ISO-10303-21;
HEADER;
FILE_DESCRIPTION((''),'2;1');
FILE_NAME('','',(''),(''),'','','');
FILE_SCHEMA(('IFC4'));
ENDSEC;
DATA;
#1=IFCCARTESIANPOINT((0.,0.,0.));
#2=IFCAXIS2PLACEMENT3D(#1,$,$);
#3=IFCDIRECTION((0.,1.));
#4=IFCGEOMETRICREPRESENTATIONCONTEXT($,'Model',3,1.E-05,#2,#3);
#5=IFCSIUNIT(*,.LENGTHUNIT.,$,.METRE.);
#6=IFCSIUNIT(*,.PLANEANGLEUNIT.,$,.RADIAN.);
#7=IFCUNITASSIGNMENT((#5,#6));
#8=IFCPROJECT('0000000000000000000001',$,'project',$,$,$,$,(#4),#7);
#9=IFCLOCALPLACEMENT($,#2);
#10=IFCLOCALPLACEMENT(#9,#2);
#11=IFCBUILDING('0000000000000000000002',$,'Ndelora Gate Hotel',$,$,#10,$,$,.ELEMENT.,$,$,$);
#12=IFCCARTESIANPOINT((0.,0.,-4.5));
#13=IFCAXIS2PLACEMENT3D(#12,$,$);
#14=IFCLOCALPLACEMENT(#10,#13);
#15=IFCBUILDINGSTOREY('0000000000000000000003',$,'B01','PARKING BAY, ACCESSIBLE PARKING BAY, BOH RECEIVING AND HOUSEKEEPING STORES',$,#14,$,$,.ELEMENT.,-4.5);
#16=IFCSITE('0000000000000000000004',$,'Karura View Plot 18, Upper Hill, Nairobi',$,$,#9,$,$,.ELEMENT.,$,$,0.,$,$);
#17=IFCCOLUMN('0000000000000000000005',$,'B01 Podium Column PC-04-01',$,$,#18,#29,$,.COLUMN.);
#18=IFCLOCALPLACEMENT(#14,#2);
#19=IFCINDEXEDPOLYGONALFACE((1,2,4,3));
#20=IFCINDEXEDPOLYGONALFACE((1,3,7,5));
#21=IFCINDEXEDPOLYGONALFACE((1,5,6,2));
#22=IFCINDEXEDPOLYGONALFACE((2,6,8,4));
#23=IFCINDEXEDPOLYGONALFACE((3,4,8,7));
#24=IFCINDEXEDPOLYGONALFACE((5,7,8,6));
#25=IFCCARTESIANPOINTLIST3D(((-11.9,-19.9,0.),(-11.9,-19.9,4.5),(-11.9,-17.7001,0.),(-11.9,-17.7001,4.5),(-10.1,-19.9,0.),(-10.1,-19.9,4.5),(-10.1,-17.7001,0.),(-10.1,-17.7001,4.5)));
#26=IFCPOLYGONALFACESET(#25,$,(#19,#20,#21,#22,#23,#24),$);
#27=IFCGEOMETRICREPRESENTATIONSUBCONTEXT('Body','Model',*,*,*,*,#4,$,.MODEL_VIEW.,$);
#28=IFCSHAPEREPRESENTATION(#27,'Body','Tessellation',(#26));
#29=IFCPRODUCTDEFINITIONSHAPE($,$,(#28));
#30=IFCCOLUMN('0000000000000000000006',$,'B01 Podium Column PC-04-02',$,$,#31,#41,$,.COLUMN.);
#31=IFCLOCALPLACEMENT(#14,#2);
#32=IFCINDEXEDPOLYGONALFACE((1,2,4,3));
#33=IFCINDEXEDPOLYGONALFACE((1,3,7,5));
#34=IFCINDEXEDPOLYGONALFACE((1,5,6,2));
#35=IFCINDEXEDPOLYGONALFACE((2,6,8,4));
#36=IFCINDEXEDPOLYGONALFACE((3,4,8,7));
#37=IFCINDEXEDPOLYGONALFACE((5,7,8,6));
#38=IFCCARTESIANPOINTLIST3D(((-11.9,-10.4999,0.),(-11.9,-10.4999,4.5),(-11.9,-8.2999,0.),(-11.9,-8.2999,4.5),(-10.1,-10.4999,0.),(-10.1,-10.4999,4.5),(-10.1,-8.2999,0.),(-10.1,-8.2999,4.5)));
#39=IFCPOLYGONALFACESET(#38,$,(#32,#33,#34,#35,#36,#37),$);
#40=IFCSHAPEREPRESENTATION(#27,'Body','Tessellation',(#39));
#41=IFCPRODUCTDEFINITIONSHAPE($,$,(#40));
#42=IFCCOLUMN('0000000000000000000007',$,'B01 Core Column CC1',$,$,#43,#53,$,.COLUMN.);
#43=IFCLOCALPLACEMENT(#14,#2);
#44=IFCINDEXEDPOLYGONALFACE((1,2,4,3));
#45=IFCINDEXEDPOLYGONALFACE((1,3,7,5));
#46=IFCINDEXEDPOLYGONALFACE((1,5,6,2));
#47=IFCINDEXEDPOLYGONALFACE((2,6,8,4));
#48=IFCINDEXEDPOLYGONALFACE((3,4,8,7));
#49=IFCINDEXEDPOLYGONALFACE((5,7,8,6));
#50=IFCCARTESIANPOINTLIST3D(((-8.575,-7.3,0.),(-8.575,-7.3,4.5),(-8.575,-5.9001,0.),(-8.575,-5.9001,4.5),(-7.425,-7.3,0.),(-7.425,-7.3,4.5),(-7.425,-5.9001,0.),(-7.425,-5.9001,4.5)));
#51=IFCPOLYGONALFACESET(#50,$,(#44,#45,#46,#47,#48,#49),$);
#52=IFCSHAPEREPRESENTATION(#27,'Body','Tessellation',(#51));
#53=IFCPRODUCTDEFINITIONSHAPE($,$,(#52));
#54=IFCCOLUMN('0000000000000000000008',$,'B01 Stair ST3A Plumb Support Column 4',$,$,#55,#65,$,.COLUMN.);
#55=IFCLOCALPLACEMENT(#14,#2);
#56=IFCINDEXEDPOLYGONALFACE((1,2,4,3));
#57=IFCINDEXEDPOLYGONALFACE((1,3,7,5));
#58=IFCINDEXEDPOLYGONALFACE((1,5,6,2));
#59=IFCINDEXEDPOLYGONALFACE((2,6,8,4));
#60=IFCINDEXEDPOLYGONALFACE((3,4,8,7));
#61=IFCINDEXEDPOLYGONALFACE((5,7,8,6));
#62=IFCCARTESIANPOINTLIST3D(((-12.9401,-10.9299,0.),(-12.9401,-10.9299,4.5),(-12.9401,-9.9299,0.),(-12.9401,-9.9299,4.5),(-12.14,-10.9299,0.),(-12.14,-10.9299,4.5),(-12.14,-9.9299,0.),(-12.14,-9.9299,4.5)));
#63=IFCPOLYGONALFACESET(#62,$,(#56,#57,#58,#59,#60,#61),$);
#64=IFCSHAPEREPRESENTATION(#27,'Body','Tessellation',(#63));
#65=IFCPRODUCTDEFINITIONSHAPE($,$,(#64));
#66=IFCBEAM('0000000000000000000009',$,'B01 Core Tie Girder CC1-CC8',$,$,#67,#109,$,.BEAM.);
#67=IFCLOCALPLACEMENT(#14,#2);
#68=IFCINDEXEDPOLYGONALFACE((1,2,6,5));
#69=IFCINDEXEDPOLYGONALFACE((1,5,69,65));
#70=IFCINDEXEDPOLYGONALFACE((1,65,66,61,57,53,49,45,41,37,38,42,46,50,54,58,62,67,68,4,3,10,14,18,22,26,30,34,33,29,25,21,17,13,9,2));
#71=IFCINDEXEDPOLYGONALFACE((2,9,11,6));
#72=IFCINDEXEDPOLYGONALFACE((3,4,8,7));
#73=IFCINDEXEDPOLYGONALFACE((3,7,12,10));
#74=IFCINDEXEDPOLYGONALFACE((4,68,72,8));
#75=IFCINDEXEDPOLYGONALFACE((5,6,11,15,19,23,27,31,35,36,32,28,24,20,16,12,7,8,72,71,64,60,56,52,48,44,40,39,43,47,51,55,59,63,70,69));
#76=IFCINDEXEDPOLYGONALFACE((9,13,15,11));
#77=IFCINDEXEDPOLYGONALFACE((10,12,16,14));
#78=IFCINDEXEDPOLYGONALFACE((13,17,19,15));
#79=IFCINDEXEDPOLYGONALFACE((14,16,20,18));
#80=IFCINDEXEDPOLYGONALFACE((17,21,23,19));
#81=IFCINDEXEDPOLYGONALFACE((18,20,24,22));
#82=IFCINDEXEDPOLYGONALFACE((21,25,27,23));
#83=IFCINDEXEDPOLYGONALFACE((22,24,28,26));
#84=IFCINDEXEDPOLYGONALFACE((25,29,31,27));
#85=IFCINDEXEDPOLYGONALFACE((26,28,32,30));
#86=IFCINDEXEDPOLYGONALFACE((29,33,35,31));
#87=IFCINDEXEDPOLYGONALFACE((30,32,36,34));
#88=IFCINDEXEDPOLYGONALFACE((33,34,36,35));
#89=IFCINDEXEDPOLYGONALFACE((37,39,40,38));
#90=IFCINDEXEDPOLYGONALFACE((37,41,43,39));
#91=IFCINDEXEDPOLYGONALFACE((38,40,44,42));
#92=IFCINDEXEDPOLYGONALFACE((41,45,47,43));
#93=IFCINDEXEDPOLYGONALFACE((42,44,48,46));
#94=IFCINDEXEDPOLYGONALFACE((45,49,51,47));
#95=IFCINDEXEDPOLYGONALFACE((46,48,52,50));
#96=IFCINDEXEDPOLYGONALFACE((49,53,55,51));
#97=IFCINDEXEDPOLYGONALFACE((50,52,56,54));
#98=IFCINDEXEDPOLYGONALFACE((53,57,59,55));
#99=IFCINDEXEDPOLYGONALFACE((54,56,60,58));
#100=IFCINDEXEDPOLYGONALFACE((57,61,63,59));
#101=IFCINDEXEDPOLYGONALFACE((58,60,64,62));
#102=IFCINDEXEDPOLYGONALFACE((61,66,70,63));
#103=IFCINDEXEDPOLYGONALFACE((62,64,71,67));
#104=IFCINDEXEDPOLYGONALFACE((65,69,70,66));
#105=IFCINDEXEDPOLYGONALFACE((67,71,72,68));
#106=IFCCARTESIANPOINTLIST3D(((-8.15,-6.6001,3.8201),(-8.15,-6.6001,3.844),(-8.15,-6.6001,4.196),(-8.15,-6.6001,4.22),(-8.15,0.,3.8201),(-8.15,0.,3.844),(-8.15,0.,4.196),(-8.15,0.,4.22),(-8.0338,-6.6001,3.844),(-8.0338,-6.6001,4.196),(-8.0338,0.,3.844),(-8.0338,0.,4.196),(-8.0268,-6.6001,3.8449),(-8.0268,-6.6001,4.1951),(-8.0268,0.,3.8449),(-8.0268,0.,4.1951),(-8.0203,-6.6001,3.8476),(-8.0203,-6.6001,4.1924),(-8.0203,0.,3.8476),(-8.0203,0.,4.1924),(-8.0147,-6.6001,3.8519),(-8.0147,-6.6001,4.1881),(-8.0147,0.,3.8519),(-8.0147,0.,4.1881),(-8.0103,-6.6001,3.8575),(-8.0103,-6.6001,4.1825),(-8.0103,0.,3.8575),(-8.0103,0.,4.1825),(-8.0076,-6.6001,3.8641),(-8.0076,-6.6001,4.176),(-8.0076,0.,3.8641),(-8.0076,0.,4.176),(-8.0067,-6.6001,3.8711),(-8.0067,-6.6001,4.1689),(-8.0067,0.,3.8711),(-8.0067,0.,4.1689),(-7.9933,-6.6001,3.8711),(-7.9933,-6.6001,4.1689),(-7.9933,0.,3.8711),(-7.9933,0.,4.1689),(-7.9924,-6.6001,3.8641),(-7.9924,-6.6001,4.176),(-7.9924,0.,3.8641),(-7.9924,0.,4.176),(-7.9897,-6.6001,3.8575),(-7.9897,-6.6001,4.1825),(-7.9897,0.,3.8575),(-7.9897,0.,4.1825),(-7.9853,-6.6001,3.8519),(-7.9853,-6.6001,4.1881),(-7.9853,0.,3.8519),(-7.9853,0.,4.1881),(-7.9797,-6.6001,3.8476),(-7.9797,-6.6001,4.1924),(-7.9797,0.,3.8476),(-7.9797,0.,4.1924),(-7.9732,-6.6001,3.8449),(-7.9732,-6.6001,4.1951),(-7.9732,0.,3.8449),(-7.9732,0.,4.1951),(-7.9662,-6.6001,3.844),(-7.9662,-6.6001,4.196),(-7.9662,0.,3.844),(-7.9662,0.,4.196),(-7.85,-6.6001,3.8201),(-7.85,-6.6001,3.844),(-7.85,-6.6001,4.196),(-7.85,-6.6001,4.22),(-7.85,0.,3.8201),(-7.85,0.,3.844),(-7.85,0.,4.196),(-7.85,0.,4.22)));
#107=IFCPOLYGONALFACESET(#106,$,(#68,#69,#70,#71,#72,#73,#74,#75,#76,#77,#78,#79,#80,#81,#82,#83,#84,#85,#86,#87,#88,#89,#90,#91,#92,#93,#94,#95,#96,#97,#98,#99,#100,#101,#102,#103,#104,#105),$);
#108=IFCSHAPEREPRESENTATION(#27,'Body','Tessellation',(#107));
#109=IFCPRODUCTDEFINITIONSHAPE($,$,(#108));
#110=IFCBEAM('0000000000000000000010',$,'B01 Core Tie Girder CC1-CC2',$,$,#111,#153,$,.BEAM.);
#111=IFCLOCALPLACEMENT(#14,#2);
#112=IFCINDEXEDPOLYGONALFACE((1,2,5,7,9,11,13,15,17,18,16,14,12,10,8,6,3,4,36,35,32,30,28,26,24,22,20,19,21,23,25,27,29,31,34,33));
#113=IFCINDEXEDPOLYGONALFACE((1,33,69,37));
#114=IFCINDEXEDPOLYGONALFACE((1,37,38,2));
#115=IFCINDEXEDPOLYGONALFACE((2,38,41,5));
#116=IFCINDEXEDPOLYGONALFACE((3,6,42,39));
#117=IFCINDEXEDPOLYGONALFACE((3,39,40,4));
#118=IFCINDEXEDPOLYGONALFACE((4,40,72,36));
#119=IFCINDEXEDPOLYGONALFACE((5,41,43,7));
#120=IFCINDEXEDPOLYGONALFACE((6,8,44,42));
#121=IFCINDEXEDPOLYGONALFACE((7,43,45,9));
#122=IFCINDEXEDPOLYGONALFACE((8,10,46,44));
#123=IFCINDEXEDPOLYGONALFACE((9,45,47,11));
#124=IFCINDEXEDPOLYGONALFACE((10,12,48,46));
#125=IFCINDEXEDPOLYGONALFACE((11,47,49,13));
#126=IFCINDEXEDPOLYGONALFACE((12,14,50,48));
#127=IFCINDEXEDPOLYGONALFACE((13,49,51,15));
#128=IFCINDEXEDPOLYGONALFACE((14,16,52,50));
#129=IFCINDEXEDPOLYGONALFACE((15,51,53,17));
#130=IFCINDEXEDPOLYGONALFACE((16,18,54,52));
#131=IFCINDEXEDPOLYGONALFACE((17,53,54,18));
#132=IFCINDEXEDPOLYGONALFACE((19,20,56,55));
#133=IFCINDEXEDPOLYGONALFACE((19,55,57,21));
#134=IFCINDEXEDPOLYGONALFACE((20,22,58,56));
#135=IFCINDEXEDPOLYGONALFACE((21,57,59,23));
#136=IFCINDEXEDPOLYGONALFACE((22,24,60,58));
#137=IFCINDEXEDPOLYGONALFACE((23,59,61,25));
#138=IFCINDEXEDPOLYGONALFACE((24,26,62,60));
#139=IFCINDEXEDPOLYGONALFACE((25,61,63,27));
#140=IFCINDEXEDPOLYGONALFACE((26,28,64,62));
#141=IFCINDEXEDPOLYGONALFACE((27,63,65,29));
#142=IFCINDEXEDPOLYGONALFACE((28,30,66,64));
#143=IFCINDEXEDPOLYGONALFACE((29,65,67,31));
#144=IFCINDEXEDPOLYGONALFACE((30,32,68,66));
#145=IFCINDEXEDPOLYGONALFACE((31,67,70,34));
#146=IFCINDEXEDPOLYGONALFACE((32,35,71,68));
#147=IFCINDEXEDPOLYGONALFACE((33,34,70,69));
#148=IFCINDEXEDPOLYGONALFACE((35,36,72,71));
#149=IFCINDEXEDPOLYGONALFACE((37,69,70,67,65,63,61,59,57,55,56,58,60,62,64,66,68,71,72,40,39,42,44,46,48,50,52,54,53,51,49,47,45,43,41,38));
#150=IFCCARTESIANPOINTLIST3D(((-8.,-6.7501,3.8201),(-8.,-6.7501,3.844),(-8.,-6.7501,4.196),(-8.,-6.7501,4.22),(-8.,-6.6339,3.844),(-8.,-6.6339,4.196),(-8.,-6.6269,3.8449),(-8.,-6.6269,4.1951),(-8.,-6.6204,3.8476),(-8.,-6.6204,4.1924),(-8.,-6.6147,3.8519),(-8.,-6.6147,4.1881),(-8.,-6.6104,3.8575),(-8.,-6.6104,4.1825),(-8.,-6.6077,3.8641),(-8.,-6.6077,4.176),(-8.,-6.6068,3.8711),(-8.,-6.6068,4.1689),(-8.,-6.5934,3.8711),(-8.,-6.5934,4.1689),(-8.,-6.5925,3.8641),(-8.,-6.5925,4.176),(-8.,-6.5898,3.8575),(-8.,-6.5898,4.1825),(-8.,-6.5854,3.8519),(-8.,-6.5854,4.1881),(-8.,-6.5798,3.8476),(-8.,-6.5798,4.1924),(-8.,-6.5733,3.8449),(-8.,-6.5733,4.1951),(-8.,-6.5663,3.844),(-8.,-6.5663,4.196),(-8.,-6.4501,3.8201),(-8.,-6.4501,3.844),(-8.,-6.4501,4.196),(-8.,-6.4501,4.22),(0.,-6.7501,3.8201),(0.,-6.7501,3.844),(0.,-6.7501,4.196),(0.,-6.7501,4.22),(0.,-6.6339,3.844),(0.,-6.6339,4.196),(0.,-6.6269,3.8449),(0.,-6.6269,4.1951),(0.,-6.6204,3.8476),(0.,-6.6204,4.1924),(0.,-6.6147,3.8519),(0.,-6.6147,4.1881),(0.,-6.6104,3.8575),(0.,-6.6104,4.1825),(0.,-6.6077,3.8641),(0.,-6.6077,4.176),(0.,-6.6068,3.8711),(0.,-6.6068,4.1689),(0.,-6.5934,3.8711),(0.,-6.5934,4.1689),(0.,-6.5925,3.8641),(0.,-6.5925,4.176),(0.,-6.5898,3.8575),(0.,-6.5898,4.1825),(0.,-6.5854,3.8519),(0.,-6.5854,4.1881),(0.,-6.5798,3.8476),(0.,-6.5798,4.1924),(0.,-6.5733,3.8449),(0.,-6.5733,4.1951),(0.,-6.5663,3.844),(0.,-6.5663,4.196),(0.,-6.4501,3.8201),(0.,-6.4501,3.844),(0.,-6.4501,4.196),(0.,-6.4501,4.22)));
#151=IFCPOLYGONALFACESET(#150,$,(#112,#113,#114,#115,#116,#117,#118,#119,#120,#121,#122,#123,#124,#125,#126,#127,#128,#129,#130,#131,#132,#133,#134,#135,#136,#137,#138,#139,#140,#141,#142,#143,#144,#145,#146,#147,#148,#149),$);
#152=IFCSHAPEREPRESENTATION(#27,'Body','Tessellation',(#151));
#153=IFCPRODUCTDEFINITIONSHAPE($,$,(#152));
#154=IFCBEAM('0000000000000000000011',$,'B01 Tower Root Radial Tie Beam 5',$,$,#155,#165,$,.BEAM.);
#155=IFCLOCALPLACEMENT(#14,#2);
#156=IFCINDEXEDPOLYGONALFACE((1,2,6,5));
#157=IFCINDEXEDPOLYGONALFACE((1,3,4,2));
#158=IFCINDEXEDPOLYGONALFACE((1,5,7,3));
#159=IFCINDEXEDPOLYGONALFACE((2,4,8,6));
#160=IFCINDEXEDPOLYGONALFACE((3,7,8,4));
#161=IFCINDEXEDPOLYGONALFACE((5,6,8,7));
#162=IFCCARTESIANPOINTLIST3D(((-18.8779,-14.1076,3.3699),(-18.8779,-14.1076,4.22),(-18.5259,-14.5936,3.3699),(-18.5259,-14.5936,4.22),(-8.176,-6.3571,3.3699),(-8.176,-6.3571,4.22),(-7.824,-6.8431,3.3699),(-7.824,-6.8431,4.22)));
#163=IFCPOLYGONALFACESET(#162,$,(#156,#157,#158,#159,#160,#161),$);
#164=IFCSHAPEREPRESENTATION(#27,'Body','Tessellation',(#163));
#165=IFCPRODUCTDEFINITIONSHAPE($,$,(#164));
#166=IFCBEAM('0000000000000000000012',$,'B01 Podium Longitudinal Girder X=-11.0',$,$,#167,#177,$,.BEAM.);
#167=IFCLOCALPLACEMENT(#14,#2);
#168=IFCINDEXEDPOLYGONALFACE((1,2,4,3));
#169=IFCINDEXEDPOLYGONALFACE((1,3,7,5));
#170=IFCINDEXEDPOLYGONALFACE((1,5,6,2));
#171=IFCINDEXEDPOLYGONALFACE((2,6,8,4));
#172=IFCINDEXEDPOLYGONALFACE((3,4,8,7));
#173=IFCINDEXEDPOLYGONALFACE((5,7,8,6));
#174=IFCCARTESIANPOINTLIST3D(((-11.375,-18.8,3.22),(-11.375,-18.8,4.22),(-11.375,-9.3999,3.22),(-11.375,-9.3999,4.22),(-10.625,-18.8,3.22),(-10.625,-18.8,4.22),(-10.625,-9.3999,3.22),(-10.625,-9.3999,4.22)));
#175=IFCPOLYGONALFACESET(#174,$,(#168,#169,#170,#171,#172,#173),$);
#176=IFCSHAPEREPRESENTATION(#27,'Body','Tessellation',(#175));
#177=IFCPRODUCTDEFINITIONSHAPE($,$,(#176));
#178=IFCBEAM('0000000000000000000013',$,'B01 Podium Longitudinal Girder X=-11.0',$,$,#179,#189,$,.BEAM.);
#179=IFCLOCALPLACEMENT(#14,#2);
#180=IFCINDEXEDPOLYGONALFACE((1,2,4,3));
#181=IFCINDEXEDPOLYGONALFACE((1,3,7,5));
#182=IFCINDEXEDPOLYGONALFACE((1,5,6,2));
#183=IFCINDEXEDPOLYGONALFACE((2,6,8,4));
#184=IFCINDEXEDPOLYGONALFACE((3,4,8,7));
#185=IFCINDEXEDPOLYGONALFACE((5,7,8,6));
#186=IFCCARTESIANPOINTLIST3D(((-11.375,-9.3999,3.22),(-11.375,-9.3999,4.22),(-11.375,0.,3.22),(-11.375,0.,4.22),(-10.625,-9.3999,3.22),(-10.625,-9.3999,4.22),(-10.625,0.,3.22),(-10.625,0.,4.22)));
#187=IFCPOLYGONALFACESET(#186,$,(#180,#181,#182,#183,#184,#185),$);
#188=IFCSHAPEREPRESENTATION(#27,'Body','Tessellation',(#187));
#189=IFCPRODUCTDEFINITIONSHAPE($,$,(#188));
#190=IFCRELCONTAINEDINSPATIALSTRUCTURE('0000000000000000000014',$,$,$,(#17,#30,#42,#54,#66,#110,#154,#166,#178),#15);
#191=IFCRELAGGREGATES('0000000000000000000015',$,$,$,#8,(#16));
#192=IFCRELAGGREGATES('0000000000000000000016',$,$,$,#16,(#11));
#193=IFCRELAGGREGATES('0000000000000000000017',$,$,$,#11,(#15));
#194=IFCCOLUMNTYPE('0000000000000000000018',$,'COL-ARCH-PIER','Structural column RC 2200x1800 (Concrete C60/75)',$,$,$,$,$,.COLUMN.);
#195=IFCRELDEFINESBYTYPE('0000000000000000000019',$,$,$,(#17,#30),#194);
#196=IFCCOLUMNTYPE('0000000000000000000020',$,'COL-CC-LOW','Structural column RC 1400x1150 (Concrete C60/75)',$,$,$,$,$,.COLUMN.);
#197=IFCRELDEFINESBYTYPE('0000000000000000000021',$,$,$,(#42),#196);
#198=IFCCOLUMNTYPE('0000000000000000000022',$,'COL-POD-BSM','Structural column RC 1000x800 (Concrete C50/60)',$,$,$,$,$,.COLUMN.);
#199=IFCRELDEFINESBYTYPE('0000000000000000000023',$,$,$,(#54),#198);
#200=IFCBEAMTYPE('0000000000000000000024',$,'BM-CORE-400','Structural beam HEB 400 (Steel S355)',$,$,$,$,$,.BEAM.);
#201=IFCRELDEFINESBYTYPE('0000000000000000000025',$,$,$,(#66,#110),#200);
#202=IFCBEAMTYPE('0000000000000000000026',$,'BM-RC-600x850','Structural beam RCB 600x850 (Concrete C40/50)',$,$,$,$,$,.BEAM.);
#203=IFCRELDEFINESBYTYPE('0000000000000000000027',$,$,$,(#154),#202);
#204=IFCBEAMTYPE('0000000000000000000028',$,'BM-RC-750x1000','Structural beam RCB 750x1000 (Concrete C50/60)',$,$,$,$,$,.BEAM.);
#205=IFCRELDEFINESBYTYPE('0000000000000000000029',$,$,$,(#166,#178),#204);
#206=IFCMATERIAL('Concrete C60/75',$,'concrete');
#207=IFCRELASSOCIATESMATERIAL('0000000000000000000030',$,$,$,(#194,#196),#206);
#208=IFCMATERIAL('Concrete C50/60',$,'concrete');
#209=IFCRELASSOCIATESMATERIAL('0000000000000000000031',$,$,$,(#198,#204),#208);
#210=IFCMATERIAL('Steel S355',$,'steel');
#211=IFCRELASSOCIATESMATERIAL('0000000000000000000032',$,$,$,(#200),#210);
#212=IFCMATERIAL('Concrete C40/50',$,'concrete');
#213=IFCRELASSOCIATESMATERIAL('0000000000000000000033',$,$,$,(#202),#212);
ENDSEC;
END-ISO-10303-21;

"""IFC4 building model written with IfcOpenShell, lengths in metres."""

from ifc_helpers import new_model, si_unit, direction, frame, origin, origin_2d, place, context, subcontext, project, spatial, rectangle, i_section, extrude, material, material_profile, profile_set, type_object, element, save


model = new_model("IFC4")

# Units and contexts
model_context = context("Model", 3, precision=1e-05, world=origin(), true_north=direction((0.0, 1.0)))
body_context = subcontext(model_context, "Body", "Model", "MODEL_VIEW")
ifc_project = project(units=[si_unit("LENGTHUNIT", "METRE"), si_unit("PLANEANGLEUNIT", "RADIAN")], contexts=[model_context])

# Site, building, storey
site_placement = place(None, origin())
site = spatial("IfcSite", under=ifc_project, at=site_placement, Name="Karura View Plot 18, Upper Hill, Nairobi", CompositionType="ELEMENT", RefElevation=0.0)
building_placement = place(site_placement, origin())
building = spatial("IfcBuilding", under=site, at=building_placement, Name="Ndelora Gate Hotel", CompositionType="ELEMENT")
storey_placement = place(building_placement, frame((0.0, 0.0, -4.5)))
storey = spatial("IfcBuildingStorey", under=building, at=storey_placement, Name="B01", Description="PARKING BAY, ACCESSIBLE PARKING BAY, BOH RECEIVING AND HOUSEKEEPING STORES", CompositionType="ELEMENT", Elevation=-4.5)

# Columns
ifc_material_1 = material(Name="Concrete C60/75", Category="concrete")
ifc_material_profile_1 = material_profile(ifc_material_1, rectangle(XDim=1.8, YDim=2.2, at=origin_2d()), Name="RC 2200x1800")
ifc_profile_set_1 = profile_set([ifc_material_profile_1], Name="Concrete C60/75")
column_type_1 = type_object("IfcColumnType", Name="COL-ARCH-PIER", Description="Structural column RC 2200x1800 (Concrete C60/75)", PredefinedType="COLUMN", material=ifc_profile_set_1)
for number, where, z_axis, x_axis, name in (
    (1, (-11.0, -18.8, 0.0), (0.0, 0.0, 1.0), (1.0, 0.0, 0.0), "B01 Podium Column PC-04-01"),
    (2, (-11.0, -9.3999, 0.0), (0.0, 0.0, 1.0), (1.0, 0.0, 0.0), "B01 Podium Column PC-04-02"),
):
    element("IfcColumn", number, at=place(storey_placement, frame(where, z_axis=z_axis, x_axis=x_axis)), inside=storey, type_object=column_type_1, Name=name, PredefinedType="COLUMN", context=body_context, shape_type="SweptSolid", body=[
        extrude(rectangle(XDim=1.8, YDim=2.2, at=origin_2d()), origin(), (0.0, 0.0, 1.0), 4.5),
    ])
ifc_material_profile_2 = material_profile(ifc_material_1, rectangle(XDim=1.1499, YDim=1.3999, at=origin_2d()), Name="RC 1400x1150")
ifc_profile_set_2 = profile_set([ifc_material_profile_2], Name="Concrete C60/75")
column_type_2 = type_object("IfcColumnType", Name="COL-CC-LOW", Description="Structural column RC 1400x1150 (Concrete C60/75)", PredefinedType="COLUMN", material=ifc_profile_set_2)
column_1_placement = place(storey_placement, frame((-8.0, -6.6001, 0.0), z_axis=(0.0, 0.0, 1.0), x_axis=(1.0, 0.0, 0.0)))
element("IfcColumn", 3, at=column_1_placement, inside=storey, type_object=column_type_2, Name="B01 Core Column CC1", PredefinedType="COLUMN", context=body_context, shape_type="SweptSolid", body=[
    extrude(rectangle(XDim=1.1499, YDim=1.3999, at=origin_2d()), origin(), (0.0, 0.0, 1.0), 4.5),
])
ifc_material_2 = material(Name="Concrete C50/60", Category="concrete")
ifc_material_profile_3 = material_profile(ifc_material_2, rectangle(XDim=0.8, YDim=1.0, at=origin_2d()), Name="RC 1000x800")
ifc_profile_set_3 = profile_set([ifc_material_profile_3], Name="Concrete C50/60")
column_type_3 = type_object("IfcColumnType", Name="COL-POD-BSM", Description="Structural column RC 1000x800 (Concrete C50/60)", PredefinedType="COLUMN", material=ifc_profile_set_3)
column_2_placement = place(storey_placement, frame((-12.54, -10.4299, 0.0), z_axis=(0.0, 0.0, 1.0), x_axis=(1.0, 0.0, 0.0)))
element("IfcColumn", 4, at=column_2_placement, inside=storey, type_object=column_type_3, Name="B01 Stair ST3A Plumb Support Column 4", PredefinedType="COLUMN", context=body_context, shape_type="SweptSolid", body=[
    extrude(rectangle(XDim=0.8, YDim=1.0, at=origin_2d()), origin(), (0.0, 0.0, 1.0), 4.5),
])

# Beams
ifc_material_3 = material(Name="Steel S355", Category="steel")
ifc_material_profile_4 = material_profile(ifc_material_3, i_section(OverallWidth=0.3, OverallDepth=0.3999, WebThickness=0.0134, FlangeThickness=0.0239, FilletRadius=0.0271, at=origin_2d()), Name="HEB 400")
ifc_profile_set_4 = profile_set([ifc_material_profile_4], Name="Steel S355")
beam_type_1 = type_object("IfcBeamType", Name="BM-CORE-400", Description="Structural beam HEB 400 (Steel S355)", PredefinedType="BEAM", material=ifc_profile_set_4)
beam_1_placement = place(storey_placement, frame((-8.0, -6.6001, 4.02), z_axis=(0.0, 1.0, 0.0), x_axis=(-1.0, 0.0, 0.0)))
element("IfcBeam", 5, at=beam_1_placement, inside=storey, type_object=beam_type_1, Name="B01 Core Tie Girder CC1-CC8", PredefinedType="BEAM", context=body_context, shape_type="SweptSolid", body=[
    extrude(i_section(OverallWidth=0.3, OverallDepth=0.3999, WebThickness=0.0134, FlangeThickness=0.0239, FilletRadius=0.0271, at=origin_2d()), origin(), (0.0, 0.0, 1.0), 6.6001),
])
beam_2_placement = place(storey_placement, frame((-8.0, -6.6001, 4.02), z_axis=(1.0, 0.0, 0.0), x_axis=(0.0, 1.0, 0.0)))
element("IfcBeam", 6, at=beam_2_placement, inside=storey, type_object=beam_type_1, Name="B01 Core Tie Girder CC1-CC2", PredefinedType="BEAM", context=body_context, shape_type="SweptSolid", body=[
    extrude(i_section(OverallWidth=0.3, OverallDepth=0.3999, WebThickness=0.0134, FlangeThickness=0.0239, FilletRadius=0.0271, at=origin_2d()), origin(), (0.0, 0.0, 1.0), 8.0),
])
ifc_material_4 = material(Name="Concrete C40/50", Category="concrete")
ifc_material_profile_5 = material_profile(ifc_material_4, rectangle(XDim=0.6001, YDim=0.8501, at=origin_2d()), Name="RCB 600x850")
ifc_profile_set_5 = profile_set([ifc_material_profile_5], Name="Concrete C40/50")
beam_type_2 = type_object("IfcBeamType", Name="BM-RC-600x850", Description="Structural beam RCB 600x850 (Concrete C40/50)", PredefinedType="BEAM", material=ifc_profile_set_5)
beam_3_placement = place(storey_placement, frame((-8.0, -6.6001, 3.7949), z_axis=(-0.809912, -0.586551, 0.0), x_axis=(0.586551, -0.809912, 0.0)))
element("IfcBeam", 7, at=beam_3_placement, inside=storey, type_object=beam_type_2, Name="B01 Tower Root Radial Tie Beam 5", PredefinedType="BEAM", context=body_context, shape_type="SweptSolid", body=[
    extrude(rectangle(XDim=0.6001, YDim=0.8501, at=origin_2d()), origin(), (0.0, 0.0, 1.0), 13.2136),
])
ifc_material_profile_6 = material_profile(ifc_material_2, rectangle(XDim=0.75, YDim=1.0, at=origin_2d()), Name="RCB 750x1000")
ifc_profile_set_6 = profile_set([ifc_material_profile_6], Name="Concrete C50/60")
beam_type_3 = type_object("IfcBeamType", Name="BM-RC-750x1000", Description="Structural beam RCB 750x1000 (Concrete C50/60)", PredefinedType="BEAM", material=ifc_profile_set_6)
beam_4_placement = place(storey_placement, frame((-11.0, -18.8, 3.72), z_axis=(0.0, 1.0, 0.0), x_axis=(-1.0, 0.0, 0.0)))
element("IfcBeam", 8, at=beam_4_placement, inside=storey, type_object=beam_type_3, Name="B01 Podium Longitudinal Girder X=-11.0", PredefinedType="BEAM", context=body_context, shape_type="SweptSolid", body=[
    extrude(rectangle(XDim=0.75, YDim=1.0, at=origin_2d()), origin(), (0.0, 0.0, 1.0), 9.4001),
])
beam_5_placement = place(storey_placement, frame((-11.0, -9.3999, 3.72), z_axis=(0.0, 1.0, 0.0), x_axis=(-1.0, 0.0, 0.0)))
element("IfcBeam", 9, at=beam_5_placement, inside=storey, type_object=beam_type_3, Name="B01 Podium Longitudinal Girder X=-11.0", PredefinedType="BEAM", context=body_context, shape_type="SweptSolid", body=[
    extrude(rectangle(XDim=0.75, YDim=1.0, at=origin_2d()), origin(), (0.0, 0.0, 1.0), 9.3999),
])

save(model, "model.ifc")
